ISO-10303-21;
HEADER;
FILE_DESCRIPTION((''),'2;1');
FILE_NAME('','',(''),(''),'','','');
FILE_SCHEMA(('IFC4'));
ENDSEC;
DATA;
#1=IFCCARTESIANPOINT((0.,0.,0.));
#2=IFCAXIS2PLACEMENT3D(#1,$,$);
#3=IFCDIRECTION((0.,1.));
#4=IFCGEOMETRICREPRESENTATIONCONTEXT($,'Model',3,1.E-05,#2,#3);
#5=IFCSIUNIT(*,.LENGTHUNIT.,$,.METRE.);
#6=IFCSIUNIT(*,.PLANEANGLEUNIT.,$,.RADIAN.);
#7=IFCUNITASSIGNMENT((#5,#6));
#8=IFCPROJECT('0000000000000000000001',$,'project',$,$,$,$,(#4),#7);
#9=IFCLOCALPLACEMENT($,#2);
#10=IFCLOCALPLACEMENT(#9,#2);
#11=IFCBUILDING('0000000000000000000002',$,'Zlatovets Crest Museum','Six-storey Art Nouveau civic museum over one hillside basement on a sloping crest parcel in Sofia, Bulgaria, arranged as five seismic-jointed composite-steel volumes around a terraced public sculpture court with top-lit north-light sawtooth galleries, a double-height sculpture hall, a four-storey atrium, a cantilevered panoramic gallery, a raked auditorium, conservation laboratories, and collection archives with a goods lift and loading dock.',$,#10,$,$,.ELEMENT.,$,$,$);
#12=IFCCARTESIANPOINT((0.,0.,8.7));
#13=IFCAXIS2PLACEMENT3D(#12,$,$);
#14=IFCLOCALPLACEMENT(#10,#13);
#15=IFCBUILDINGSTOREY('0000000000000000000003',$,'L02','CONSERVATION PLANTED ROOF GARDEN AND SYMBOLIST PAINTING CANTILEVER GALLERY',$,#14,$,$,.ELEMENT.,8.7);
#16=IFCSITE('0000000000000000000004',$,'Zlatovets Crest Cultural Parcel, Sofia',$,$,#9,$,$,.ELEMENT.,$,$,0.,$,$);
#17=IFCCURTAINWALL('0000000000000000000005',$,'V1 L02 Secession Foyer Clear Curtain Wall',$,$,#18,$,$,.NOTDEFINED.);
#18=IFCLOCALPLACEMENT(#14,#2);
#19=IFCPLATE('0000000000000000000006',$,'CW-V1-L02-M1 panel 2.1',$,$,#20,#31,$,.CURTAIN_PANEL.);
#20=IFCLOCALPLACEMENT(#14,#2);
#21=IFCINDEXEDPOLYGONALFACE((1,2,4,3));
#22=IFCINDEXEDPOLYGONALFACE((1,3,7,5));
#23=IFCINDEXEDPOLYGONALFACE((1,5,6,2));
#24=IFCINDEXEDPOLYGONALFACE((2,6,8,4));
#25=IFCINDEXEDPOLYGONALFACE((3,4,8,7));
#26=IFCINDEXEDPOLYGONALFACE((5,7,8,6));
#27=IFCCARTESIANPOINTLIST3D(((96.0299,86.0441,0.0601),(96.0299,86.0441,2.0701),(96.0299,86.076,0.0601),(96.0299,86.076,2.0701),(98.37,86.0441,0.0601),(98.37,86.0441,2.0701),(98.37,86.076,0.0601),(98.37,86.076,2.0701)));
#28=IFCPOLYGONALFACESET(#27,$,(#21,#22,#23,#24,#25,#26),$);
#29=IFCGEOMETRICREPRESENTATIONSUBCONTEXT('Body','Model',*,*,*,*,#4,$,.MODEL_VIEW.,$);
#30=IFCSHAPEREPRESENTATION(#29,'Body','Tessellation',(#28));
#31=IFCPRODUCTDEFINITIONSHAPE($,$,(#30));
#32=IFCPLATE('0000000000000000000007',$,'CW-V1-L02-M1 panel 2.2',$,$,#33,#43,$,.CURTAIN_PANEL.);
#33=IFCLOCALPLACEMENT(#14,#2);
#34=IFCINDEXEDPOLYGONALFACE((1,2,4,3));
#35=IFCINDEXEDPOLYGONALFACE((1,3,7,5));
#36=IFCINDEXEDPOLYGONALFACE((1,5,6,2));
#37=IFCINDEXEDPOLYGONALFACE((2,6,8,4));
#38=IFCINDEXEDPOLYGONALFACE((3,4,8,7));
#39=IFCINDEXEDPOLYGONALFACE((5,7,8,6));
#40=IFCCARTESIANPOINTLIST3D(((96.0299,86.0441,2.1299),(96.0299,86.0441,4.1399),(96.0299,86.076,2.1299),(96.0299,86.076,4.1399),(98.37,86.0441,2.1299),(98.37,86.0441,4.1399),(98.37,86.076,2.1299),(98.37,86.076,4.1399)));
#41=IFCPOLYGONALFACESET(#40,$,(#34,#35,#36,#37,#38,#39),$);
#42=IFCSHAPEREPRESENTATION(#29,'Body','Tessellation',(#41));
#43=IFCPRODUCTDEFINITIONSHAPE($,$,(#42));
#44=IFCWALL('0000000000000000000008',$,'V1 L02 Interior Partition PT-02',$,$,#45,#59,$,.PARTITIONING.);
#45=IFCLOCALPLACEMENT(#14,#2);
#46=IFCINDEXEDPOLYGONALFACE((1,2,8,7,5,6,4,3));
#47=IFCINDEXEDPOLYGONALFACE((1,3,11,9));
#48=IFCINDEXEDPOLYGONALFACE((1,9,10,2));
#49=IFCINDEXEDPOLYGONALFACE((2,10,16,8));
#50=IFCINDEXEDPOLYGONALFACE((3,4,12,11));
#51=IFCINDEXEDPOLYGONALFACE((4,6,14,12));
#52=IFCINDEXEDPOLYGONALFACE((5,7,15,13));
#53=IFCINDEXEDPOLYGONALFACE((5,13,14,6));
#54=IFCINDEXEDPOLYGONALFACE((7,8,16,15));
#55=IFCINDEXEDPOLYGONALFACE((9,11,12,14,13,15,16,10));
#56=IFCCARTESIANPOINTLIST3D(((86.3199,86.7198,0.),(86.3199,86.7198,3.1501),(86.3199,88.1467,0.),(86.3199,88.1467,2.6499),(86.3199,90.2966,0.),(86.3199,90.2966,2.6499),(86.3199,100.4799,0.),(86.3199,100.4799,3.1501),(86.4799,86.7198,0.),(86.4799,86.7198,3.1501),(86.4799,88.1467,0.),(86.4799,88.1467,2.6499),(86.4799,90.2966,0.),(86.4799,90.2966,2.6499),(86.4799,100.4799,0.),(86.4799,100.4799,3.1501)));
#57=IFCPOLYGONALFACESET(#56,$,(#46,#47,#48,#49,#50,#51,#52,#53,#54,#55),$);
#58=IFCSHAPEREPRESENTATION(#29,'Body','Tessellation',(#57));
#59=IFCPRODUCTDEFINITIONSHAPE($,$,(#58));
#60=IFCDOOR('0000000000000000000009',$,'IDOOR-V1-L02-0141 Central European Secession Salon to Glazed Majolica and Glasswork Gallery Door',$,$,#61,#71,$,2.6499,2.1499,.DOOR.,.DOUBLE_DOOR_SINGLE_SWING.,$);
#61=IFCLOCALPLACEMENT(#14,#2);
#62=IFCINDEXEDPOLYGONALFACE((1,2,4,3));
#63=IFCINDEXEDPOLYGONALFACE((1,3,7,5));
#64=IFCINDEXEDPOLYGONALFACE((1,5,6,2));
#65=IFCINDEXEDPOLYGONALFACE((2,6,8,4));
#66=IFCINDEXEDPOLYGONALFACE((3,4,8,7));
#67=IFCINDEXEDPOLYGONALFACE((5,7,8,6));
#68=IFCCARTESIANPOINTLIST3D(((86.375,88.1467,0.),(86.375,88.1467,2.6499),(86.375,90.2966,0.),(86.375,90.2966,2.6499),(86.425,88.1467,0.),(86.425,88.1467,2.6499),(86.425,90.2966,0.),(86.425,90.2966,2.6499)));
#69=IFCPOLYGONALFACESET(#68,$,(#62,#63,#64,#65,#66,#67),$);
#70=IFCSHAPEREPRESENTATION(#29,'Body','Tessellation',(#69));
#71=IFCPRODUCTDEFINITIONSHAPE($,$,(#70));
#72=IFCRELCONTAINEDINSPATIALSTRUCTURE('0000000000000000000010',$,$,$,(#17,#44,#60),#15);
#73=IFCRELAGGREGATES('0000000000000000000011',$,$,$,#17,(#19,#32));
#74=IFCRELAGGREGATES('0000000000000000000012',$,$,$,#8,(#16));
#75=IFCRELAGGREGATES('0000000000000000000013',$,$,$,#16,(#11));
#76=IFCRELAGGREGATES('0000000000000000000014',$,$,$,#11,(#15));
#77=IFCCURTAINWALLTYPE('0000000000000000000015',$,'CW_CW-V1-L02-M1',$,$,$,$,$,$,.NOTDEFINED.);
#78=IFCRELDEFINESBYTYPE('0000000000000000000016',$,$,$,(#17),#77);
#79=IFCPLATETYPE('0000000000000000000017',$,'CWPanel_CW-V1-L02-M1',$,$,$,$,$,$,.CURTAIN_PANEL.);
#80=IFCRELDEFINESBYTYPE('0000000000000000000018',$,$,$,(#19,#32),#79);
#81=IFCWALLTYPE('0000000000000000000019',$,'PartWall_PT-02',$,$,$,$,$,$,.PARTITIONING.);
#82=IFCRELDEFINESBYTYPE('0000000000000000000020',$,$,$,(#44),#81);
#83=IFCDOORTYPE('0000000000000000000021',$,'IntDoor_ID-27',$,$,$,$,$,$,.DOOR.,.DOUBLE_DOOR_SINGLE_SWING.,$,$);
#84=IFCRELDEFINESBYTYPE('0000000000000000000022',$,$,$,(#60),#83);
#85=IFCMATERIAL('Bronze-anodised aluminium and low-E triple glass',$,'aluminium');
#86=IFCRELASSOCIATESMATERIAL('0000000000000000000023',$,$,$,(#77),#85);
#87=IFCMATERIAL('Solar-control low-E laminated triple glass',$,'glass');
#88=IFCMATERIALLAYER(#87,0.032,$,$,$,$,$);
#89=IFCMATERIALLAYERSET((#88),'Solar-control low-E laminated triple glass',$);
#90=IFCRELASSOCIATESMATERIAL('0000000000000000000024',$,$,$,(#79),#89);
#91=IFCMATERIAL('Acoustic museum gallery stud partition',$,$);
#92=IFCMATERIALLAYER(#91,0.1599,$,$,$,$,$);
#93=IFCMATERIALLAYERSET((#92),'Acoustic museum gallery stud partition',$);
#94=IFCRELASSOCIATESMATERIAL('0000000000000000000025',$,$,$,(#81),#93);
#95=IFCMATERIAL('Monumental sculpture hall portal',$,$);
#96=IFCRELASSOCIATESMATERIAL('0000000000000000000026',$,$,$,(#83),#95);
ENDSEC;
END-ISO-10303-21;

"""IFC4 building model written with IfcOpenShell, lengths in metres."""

from ifc_helpers import new_model, si_unit, direction, frame, frame_2d, origin, origin_2d, place, context, subcontext, project, spatial, rectangle, extrude, material, layer, layer_set, type_object, element, fill, aggregate, save


model = new_model("IFC4")

# Units and contexts
model_context = context("Model", 3, precision=1e-05, world=origin(), true_north=direction((0.0, 1.0)))
body_context = subcontext(model_context, "Body", "Model", "MODEL_VIEW")
ifc_project = project(units=[si_unit("LENGTHUNIT", "METRE"), si_unit("PLANEANGLEUNIT", "RADIAN")], contexts=[model_context])

# Site, building, storey
site_placement = place(None, origin())
site = spatial("IfcSite", under=ifc_project, at=site_placement, Name="Zlatovets Crest Cultural Parcel, Sofia", CompositionType="ELEMENT", RefElevation=0.0)
building_placement = place(site_placement, origin())
building = spatial("IfcBuilding", under=site, at=building_placement, Name="Zlatovets Crest Museum", Description="Six-storey Art Nouveau civic museum over one hillside basement on a sloping crest parcel in Sofia, Bulgaria, arranged as five seismic-jointed composite-steel volumes around a terraced public sculpture court with top-lit north-light sawtooth galleries, a double-height sculpture hall, a four-storey atrium, a cantilevered panoramic gallery, a raked auditorium, conservation laboratories, and collection archives with a goods lift and loading dock.", CompositionType="ELEMENT")
storey_placement = place(building_placement, frame((0.0, 0.0, 8.7)))
storey = spatial("IfcBuildingStorey", under=building, at=storey_placement, Name="L02", Description="CONSERVATION PLANTED ROOF GARDEN AND SYMBOLIST PAINTING CANTILEVER GALLERY", CompositionType="ELEMENT", Elevation=8.7)

# Curtain wall, plates
ifc_material_1 = material(Name="Bronze-anodised aluminium and low-E triple glass", Category="aluminium")
curtain_wall_type = type_object("IfcCurtainWallType", Name="CW_CW-V1-L02-M1", PredefinedType="NOTDEFINED", material=ifc_material_1)
curtain_wall_placement = place(storey_placement, origin())
curtain_wall = element("IfcCurtainWall", 1, at=curtain_wall_placement, inside=storey, type_object=curtain_wall_type, Name="V1 L02 Secession Foyer Clear Curtain Wall", PredefinedType="NOTDEFINED")
ifc_material_2 = material(Name="Solar-control low-E laminated triple glass", Category="glass")
ifc_layer_1 = layer(ifc_material_2, 0.032)
ifc_layer_set_1 = layer_set([ifc_layer_1], Name="Solar-control low-E laminated triple glass")
plate_type = type_object("IfcPlateType", Name="CWPanel_CW-V1-L02-M1", PredefinedType="CURTAIN_PANEL", material=ifc_layer_set_1)
plate_1_placement = place(storey_placement, frame((97.2, 86.0601, 0.0601), z_axis=(0.0, 0.0, 1.0), x_axis=(1.0, 0.0, 0.0)))
plate_1 = element("IfcPlate", 2, at=plate_1_placement, type_object=plate_type, Name="CW-V1-L02-M1 panel 2.1", PredefinedType="CURTAIN_PANEL", context=body_context, shape_type="SweptSolid", body=[
    extrude(rectangle(XDim=2.3401, YDim=0.032, at=origin_2d()), origin(), (0.0, 0.0, 1.0), 2.01),
])
plate_2_placement = place(storey_placement, frame((97.2, 86.0601, 2.1299), z_axis=(0.0, 0.0, 1.0), x_axis=(1.0, 0.0, 0.0)))
plate_2 = element("IfcPlate", 3, at=plate_2_placement, type_object=plate_type, Name="CW-V1-L02-M1 panel 2.2", PredefinedType="CURTAIN_PANEL", context=body_context, shape_type="SweptSolid", body=[
    extrude(rectangle(XDim=2.3401, YDim=0.032, at=origin_2d()), origin(), (0.0, 0.0, 1.0), 2.01),
])
aggregate(curtain_wall, [plate_1, plate_2])

# Wall, opening, door
ifc_material_3 = material(Name="Acoustic museum gallery stud partition")
ifc_layer_2 = layer(ifc_material_3, 0.1599)
ifc_layer_set_2 = layer_set([ifc_layer_2], Name="Acoustic museum gallery stud partition")
wall_type = type_object("IfcWallType", Name="PartWall_PT-02", PredefinedType="PARTITIONING", material=ifc_layer_set_2)
wall_placement = place(storey_placement, frame((86.3999, 86.72, 0.0), z_axis=(0.0, 0.0, 1.0), x_axis=(0.0, 1.0, 0.0)))
wall = element("IfcWall", 4, at=wall_placement, inside=storey, type_object=wall_type, Name="V1 L02 Interior Partition PT-02", PredefinedType="PARTITIONING", context=body_context, shape_type="SweptSolid", body=[
    extrude(rectangle(XDim=13.76, YDim=0.1599, at=frame_2d((6.8799, 0.0))), origin(), (0.0, 0.0, 1.0), 3.1501),
])
opening_placement = place(wall_placement, frame((1.4268, 0.0, 0.0)))
opening = element("IfcOpeningElement", 5, at=opening_placement, cuts=wall, PredefinedType="OPENING", context=body_context, shape_type="SweptSolid", body=[
    extrude(rectangle(XDim=2.1499, YDim=2.6499, at=frame_2d((1.075, 1.325))), frame((0.0, 0.0898, 0.0), z_axis=(0.0, -1.0, 0.0), x_axis=(1.0, 0.0, 0.0)), (0.0, 0.0, 1.0), 0.1799),
])
ifc_material_4 = material(Name="Monumental sculpture hall portal")
door_type = type_object("IfcDoorType", Name="IntDoor_ID-27", OperationType="DOUBLE_DOOR_SINGLE_SWING", PredefinedType="DOOR", material=ifc_material_4)
door_placement = place(opening_placement, origin())
door = element("IfcDoor", 6, at=door_placement, inside=storey, type_object=door_type, Name="IDOOR-V1-L02-0141 Central European Secession Salon to Glazed Majolica and Glasswork Gallery Door", OperationType="DOUBLE_DOOR_SINGLE_SWING", OverallHeight=2.6499, OverallWidth=2.1499, PredefinedType="DOOR", context=body_context, shape_type="SweptSolid", body=[
    extrude(rectangle(XDim=2.1499, YDim=2.6499, at=frame_2d((1.075, 1.325))), frame((0.0, 0.0249, 0.0), z_axis=(0.0, -1.0, 0.0), x_axis=(1.0, 0.0, 0.0)), (0.0, 0.0, 1.0), 0.05),
])
fill(opening, door)

save(model, "model.ifc")
